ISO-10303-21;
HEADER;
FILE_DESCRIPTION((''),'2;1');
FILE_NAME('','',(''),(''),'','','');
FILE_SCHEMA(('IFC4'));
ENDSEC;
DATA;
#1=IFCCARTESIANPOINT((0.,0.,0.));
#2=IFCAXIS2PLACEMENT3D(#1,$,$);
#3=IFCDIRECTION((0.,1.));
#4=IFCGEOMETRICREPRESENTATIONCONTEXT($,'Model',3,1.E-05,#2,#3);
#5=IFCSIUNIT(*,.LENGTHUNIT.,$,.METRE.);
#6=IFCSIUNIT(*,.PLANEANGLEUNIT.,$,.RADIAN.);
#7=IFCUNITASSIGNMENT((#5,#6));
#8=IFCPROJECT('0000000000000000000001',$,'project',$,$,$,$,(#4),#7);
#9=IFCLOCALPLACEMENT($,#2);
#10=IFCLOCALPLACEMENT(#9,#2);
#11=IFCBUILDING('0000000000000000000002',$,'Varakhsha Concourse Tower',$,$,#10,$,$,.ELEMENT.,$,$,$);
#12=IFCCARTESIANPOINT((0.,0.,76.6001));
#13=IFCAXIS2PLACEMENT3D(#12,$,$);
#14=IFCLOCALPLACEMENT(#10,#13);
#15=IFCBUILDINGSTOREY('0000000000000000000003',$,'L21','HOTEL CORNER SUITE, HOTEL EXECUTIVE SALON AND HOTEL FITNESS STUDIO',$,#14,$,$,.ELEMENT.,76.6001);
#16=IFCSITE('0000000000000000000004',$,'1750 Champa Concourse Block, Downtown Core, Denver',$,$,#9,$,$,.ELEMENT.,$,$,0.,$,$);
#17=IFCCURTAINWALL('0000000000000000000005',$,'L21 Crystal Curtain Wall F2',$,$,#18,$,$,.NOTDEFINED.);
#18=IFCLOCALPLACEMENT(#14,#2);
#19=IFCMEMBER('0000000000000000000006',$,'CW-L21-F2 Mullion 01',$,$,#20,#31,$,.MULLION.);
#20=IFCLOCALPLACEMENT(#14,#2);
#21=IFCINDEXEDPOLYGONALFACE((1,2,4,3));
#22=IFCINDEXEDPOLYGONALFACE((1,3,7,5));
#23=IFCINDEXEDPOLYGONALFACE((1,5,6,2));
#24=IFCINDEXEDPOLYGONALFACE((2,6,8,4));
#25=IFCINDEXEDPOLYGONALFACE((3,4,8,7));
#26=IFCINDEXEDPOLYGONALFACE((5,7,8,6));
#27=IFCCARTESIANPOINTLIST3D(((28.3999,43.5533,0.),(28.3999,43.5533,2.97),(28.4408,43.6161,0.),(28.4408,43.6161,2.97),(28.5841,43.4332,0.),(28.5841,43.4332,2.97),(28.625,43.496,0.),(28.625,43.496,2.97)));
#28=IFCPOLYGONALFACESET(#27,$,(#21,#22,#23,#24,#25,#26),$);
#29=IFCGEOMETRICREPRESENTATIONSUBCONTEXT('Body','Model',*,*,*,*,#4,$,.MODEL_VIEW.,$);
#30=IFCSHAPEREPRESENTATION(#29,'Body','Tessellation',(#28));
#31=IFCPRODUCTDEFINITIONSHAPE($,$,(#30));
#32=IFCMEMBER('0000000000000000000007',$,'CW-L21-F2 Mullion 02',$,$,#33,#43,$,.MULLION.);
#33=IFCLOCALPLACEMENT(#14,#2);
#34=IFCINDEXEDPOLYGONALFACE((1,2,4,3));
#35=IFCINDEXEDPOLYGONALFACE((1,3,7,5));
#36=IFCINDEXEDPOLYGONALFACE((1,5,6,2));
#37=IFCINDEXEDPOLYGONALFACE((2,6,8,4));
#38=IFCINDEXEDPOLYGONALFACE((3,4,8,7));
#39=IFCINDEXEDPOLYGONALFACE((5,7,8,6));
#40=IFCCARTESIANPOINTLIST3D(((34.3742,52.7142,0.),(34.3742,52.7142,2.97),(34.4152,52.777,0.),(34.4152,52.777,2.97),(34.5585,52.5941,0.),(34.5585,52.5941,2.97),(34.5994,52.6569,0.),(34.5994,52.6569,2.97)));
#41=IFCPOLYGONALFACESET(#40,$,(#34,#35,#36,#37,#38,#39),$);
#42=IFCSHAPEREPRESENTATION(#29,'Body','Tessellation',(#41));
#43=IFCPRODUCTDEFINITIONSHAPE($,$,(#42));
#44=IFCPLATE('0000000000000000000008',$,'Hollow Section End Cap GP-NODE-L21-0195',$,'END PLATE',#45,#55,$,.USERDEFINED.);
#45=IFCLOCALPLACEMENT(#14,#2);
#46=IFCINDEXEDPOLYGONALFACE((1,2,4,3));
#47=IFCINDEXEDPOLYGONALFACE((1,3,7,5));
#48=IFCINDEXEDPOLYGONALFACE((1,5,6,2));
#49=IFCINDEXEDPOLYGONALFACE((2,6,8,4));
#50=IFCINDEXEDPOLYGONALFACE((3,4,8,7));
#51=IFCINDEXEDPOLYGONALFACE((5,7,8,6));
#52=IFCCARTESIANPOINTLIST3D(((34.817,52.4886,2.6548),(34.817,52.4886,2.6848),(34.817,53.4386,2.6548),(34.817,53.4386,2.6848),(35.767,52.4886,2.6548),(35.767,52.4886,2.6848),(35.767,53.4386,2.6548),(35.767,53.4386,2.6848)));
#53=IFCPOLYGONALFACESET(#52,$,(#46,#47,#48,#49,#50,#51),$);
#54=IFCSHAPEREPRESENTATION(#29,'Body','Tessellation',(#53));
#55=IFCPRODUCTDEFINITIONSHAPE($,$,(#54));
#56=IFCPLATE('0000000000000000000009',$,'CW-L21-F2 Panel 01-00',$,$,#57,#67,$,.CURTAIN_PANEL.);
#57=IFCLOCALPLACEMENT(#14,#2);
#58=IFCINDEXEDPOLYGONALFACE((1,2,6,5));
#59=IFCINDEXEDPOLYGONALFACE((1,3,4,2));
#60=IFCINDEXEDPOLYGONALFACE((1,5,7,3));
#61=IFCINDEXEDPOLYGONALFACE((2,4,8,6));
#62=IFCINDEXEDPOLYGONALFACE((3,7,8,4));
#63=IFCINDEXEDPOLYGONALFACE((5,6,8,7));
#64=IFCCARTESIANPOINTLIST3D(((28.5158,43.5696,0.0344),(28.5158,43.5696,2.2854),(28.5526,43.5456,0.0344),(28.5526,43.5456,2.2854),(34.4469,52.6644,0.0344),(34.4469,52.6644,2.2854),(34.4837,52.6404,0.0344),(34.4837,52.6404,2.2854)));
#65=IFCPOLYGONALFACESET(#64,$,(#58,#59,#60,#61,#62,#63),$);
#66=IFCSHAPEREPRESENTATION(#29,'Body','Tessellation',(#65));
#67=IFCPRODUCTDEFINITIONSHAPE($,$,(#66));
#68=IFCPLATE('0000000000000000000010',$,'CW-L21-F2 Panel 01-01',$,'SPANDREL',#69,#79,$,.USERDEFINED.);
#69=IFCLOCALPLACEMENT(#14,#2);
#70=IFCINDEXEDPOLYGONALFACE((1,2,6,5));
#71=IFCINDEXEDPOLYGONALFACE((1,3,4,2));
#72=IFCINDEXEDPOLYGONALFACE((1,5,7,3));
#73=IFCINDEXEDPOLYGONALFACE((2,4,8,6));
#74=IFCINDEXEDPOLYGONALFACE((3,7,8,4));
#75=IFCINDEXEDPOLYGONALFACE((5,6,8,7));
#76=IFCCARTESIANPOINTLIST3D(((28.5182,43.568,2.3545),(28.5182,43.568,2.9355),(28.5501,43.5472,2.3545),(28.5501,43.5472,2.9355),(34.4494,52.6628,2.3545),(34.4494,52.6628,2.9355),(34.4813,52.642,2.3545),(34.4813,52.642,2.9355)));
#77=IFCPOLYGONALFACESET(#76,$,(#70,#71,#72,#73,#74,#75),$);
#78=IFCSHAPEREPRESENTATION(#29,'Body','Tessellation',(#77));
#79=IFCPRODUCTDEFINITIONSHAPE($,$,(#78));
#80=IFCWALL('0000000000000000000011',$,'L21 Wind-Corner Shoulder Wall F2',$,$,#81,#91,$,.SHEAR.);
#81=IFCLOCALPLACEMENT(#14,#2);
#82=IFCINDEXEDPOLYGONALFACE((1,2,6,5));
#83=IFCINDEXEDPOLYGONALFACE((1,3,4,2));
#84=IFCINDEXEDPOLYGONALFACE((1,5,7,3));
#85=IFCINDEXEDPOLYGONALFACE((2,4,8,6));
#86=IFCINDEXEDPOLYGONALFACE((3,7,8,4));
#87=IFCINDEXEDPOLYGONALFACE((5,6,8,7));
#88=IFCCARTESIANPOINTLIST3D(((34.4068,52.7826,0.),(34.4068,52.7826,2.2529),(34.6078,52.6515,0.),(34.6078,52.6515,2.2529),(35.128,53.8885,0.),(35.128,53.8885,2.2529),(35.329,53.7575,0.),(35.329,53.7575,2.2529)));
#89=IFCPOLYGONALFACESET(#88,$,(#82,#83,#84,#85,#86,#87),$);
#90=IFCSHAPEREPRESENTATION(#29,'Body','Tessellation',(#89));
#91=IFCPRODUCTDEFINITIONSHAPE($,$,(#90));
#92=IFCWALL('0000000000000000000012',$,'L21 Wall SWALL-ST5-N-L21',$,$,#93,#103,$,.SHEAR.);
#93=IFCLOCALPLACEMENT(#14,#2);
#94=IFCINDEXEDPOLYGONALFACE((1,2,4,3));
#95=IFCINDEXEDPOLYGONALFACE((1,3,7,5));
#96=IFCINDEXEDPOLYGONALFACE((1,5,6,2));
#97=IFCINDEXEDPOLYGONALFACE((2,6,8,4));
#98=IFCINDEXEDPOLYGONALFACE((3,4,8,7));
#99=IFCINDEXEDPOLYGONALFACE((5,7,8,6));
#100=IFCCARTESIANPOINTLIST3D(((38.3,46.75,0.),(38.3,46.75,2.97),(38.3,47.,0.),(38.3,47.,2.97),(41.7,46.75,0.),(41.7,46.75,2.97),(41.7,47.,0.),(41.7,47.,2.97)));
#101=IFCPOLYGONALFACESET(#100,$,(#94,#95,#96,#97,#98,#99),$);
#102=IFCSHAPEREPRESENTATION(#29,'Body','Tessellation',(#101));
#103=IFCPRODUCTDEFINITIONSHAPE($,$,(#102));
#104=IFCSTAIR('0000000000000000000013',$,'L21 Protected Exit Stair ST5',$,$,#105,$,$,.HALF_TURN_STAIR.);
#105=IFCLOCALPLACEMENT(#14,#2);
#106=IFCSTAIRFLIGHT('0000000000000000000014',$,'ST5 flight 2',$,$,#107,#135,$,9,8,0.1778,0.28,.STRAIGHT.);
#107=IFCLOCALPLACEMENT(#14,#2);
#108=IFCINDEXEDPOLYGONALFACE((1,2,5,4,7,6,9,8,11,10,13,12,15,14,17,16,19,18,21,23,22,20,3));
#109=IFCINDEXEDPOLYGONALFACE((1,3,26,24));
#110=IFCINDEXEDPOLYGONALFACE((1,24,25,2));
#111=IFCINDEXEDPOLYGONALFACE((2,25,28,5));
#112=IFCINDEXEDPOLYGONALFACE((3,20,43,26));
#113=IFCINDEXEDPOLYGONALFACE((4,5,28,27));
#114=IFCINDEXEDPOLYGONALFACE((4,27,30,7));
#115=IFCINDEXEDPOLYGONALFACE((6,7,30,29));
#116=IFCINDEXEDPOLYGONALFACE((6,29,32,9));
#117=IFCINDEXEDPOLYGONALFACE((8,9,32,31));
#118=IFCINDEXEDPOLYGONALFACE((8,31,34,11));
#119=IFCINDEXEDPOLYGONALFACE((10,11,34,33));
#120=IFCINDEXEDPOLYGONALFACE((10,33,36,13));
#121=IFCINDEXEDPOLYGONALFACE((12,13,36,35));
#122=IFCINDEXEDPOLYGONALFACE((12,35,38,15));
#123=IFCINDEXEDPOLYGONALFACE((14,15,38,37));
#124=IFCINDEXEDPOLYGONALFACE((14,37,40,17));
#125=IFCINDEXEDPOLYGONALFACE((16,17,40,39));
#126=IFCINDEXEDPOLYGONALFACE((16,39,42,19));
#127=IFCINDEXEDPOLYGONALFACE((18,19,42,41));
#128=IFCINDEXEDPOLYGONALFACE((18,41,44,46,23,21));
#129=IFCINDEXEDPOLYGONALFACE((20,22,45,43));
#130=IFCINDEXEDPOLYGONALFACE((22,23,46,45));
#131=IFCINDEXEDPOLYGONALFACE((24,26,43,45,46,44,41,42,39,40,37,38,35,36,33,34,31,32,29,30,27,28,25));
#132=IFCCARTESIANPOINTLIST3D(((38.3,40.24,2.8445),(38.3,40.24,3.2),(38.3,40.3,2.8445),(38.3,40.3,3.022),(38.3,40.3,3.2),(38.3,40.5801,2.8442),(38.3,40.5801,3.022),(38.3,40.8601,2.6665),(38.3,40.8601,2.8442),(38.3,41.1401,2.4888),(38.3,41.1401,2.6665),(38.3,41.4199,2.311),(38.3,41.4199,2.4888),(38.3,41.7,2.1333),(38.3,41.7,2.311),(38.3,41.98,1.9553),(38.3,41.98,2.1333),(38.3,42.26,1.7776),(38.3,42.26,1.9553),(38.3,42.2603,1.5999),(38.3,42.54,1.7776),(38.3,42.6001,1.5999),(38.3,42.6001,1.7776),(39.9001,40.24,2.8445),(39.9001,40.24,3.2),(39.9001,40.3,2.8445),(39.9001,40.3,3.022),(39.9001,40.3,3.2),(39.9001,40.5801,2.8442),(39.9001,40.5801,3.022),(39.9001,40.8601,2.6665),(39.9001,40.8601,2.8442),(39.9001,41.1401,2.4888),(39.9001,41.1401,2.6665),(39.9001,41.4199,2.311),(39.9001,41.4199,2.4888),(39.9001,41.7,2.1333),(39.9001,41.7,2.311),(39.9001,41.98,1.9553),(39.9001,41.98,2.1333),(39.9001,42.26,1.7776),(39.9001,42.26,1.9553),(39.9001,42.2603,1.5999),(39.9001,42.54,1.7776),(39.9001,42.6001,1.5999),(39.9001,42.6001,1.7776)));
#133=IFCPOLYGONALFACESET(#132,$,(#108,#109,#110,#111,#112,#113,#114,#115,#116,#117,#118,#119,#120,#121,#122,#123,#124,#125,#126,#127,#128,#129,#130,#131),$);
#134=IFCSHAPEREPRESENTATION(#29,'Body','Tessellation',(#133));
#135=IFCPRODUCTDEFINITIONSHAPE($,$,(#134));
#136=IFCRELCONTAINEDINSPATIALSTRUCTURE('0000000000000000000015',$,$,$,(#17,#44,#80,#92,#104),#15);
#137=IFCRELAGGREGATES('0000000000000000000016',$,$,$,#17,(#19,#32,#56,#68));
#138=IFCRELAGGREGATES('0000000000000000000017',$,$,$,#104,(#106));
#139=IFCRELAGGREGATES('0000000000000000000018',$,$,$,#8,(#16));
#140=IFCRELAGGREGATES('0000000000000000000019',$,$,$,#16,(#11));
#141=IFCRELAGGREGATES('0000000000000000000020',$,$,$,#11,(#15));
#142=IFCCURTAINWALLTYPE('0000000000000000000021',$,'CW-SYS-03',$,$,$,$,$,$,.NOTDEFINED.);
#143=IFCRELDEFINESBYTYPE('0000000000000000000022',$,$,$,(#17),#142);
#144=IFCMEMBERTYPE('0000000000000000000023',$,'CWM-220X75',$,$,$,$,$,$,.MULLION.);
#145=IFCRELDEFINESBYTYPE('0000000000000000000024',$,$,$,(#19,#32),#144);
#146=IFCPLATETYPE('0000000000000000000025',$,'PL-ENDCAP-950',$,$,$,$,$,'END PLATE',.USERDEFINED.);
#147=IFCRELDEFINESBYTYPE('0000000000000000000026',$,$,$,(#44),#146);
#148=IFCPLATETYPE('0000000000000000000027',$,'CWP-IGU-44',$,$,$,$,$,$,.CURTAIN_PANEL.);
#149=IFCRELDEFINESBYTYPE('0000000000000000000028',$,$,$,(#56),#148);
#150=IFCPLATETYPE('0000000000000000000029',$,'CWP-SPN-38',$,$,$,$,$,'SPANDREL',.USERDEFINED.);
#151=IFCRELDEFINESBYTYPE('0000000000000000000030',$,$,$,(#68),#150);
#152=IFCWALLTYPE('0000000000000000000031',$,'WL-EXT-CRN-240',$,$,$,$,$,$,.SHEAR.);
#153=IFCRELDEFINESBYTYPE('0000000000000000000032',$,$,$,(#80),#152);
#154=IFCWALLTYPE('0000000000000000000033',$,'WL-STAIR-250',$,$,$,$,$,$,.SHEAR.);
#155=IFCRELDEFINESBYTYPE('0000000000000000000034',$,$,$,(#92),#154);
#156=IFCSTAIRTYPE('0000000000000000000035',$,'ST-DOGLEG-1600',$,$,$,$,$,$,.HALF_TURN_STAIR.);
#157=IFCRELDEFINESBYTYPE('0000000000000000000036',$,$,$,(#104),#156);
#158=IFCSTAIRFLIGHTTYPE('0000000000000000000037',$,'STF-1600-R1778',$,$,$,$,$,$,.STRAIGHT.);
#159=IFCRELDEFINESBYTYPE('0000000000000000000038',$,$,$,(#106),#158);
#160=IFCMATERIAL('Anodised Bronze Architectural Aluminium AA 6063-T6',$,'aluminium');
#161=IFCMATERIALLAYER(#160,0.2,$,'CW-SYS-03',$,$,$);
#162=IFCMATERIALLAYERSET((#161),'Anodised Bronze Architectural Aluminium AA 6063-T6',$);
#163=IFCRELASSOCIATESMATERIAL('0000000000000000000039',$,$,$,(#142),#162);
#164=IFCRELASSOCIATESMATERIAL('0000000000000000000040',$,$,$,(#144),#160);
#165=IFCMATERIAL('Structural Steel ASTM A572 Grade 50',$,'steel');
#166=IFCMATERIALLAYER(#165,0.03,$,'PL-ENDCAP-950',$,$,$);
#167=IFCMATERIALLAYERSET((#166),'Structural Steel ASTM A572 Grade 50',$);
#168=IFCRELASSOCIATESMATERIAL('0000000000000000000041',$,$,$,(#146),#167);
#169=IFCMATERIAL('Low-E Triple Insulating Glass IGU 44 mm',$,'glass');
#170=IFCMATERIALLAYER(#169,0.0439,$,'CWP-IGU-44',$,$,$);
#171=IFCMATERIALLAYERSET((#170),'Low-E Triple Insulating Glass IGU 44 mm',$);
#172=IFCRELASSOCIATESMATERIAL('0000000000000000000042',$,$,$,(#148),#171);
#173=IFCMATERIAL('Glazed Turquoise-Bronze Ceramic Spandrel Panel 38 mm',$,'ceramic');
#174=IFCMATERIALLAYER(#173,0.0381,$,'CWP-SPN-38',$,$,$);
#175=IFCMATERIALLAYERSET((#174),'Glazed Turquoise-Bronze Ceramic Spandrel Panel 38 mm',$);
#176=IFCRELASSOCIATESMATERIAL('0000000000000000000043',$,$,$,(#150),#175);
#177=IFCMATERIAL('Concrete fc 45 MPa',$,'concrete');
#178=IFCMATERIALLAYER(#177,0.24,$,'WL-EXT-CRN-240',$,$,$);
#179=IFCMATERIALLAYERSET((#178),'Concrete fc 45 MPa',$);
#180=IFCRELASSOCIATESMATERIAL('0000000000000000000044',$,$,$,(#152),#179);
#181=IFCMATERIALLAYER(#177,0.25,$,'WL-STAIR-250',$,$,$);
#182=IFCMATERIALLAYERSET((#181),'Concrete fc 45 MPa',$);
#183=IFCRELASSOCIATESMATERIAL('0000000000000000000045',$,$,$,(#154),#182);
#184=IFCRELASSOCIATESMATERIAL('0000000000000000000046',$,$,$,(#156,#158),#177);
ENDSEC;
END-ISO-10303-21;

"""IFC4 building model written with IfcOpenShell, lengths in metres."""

from ifc_helpers import new_model, si_unit, direction, frame, frame_2d, origin, origin_2d, place, context, subcontext, project, spatial, polyline, rectangle, outline, extrude, source, transform, mapped, material, layer, layer_set, material_profile, profile_set, type_object, type_shapes, element, aggregate, save


model = new_model("IFC4")

# Units and contexts
model_context = context("Model", 3, precision=1e-05, world=origin(), true_north=direction((0.0, 1.0)))
body_context = subcontext(model_context, "Body", "Model", "MODEL_VIEW")
ifc_project = project(units=[si_unit("LENGTHUNIT", "METRE"), si_unit("PLANEANGLEUNIT", "RADIAN")], contexts=[model_context])

# Site, building, storey
site_placement = place(None, origin())
site = spatial("IfcSite", under=ifc_project, at=site_placement, Name="1750 Champa Concourse Block, Downtown Core, Denver", CompositionType="ELEMENT", RefElevation=0.0)
building_placement = place(site_placement, origin())
building = spatial("IfcBuilding", under=site, at=building_placement, Name="Varakhsha Concourse Tower", CompositionType="ELEMENT")
storey_placement = place(building_placement, frame((0.0, 0.0, 76.6001)))
storey = spatial("IfcBuildingStorey", under=building, at=storey_placement, Name="L21", Description="HOTEL CORNER SUITE, HOTEL EXECUTIVE SALON AND HOTEL FITNESS STUDIO", CompositionType="ELEMENT", Elevation=76.6001)

# Shared definitions
ifc_material_1 = material(Name="Structural Steel ASTM A572 Grade 50", Category="steel")

# Curtain wall, members
ifc_material_2 = material(Name="Anodised Bronze Architectural Aluminium AA 6063-T6", Category="aluminium")
ifc_layer_1 = layer(ifc_material_2, 0.2, Name="CW-SYS-03")
ifc_layer_set_1 = layer_set([ifc_layer_1], Name="Anodised Bronze Architectural Aluminium AA 6063-T6")
curtain_wall_type = type_object("IfcCurtainWallType", Name="CW-SYS-03", PredefinedType="NOTDEFINED", material=ifc_layer_set_1)
ifc_material_profile_1 = material_profile(ifc_material_2, rectangle(XDim=0.075, YDim=0.22, at=origin_2d()), Name="CWM-220X75")
ifc_profile_set_1 = profile_set([ifc_material_profile_1], Name="Anodised Bronze Architectural Aluminium AA 6063-T6")
member_type_1 = type_object("IfcMemberType", Name="CWM-220X75", PredefinedType="MULLION", material=ifc_profile_set_1)
shared_shape_1 = source(origin(), body_context, "Body", "SweptSolid", [
    extrude(rectangle(XDim=0.075, YDim=0.22, at=origin_2d()), origin(), (0.0, 0.0, 1.0), 2.97),
])
type_shapes(member_type_1, [shared_shape_1])
curtain_wall_1_placement = place(storey_placement, origin())
curtain_wall_1 = element("IfcCurtainWall", 1, at=curtain_wall_1_placement, inside=storey, type_object=curtain_wall_type, Name="L21 Crystal Curtain Wall F2", PredefinedType="NOTDEFINED")
member_1_placement = place(storey_placement, frame((28.5125, 43.5247, 0.0), z_axis=(0.0, 0.0, 1.0), x_axis=(0.54625, 0.837622, 0.0)))
member_1 = element("IfcMember", 2, at=member_1_placement, type_object=member_type_1, Name="CW-L21-F2 Mullion 01", PredefinedType="MULLION", context=body_context, shape_type="MappedRepresentation", body=[
    mapped(shared_shape_1, transform((0.0, 0.0, 0.0), scale=1.0)),
])
member_2_placement = place(storey_placement, frame((34.4868, 52.6855, 0.0), z_axis=(0.0, 0.0, 1.0), x_axis=(0.54625, 0.837622, 0.0)))
member_2 = element("IfcMember", 3, at=member_2_placement, type_object=member_type_1, Name="CW-L21-F2 Mullion 02", PredefinedType="MULLION", context=body_context, shape_type="MappedRepresentation", body=[
    mapped(shared_shape_1, transform((0.0, 0.0, 0.0), scale=1.0)),
])

# Plates
ifc_layer_2 = layer(ifc_material_1, 0.03, Name="PL-ENDCAP-950")
ifc_layer_set_2 = layer_set([ifc_layer_2], Name="Structural Steel ASTM A572 Grade 50")
plate_type_1 = type_object("IfcPlateType", Name="PL-ENDCAP-950", ElementType="END PLATE", PredefinedType="USERDEFINED", material=ifc_layer_set_2)
shared_shape_2 = source(origin(), body_context, "Body", "SweptSolid", [
    extrude(rectangle(XDim=0.95, YDim=0.95, at=origin_2d()), origin(), (0.0, 0.0, 1.0), 0.03),
])
type_shapes(plate_type_1, [shared_shape_2])
plate_1_placement = place(storey_placement, frame((35.292, 52.9636, 2.6548), z_axis=(0.0, 0.0, 1.0), x_axis=(1.0, 0.0, 0.0)))
element("IfcPlate", 4, at=plate_1_placement, inside=storey, type_object=plate_type_1, Name="Hollow Section End Cap GP-NODE-L21-0195", ObjectType="END PLATE", PredefinedType="USERDEFINED", context=body_context, shape_type="MappedRepresentation", body=[
    mapped(shared_shape_2, transform((0.0, 0.0, 0.0), scale=1.0)),
])
ifc_material_3 = material(Name="Low-E Triple Insulating Glass IGU 44 mm", Category="glass")
ifc_layer_3 = layer(ifc_material_3, 0.0439, Name="CWP-IGU-44")
ifc_layer_set_3 = layer_set([ifc_layer_3], Name="Low-E Triple Insulating Glass IGU 44 mm")
plate_type_2 = type_object("IfcPlateType", Name="CWP-IGU-44", PredefinedType="CURTAIN_PANEL", material=ifc_layer_set_3)
shared_shape_3 = source(origin(), body_context, "Body", "SweptSolid", [
    extrude(rectangle(XDim=10.8579, YDim=0.0439, at=origin_2d()), origin(), (0.0, 0.0, 1.0), 2.251),
])
type_shapes(plate_type_2, [shared_shape_3])
plate_2_placement = place(storey_placement, frame((31.4998, 48.105, 0.0344), z_axis=(0.0, 0.0, 1.0), x_axis=(0.54625, 0.837622, 0.0)))
plate_2 = element("IfcPlate", 5, at=plate_2_placement, type_object=plate_type_2, Name="CW-L21-F2 Panel 01-00", PredefinedType="CURTAIN_PANEL", context=body_context, shape_type="MappedRepresentation", body=[
    mapped(shared_shape_3, transform((0.0, 0.0, 0.0), scale=1.0)),
])
ifc_material_4 = material(Name="Glazed Turquoise-Bronze Ceramic Spandrel Panel 38 mm", Category="ceramic")
ifc_layer_4 = layer(ifc_material_4, 0.0381, Name="CWP-SPN-38")
ifc_layer_set_4 = layer_set([ifc_layer_4], Name="Glazed Turquoise-Bronze Ceramic Spandrel Panel 38 mm")
plate_type_3 = type_object("IfcPlateType", Name="CWP-SPN-38", ElementType="SPANDREL", PredefinedType="USERDEFINED", material=ifc_layer_set_4)
shared_shape_4 = source(origin(), body_context, "Body", "SweptSolid", [
    extrude(rectangle(XDim=10.8579, YDim=0.0381, at=origin_2d()), origin(), (0.0, 0.0, 1.0), 0.5811),
])
type_shapes(plate_type_3, [shared_shape_4])
plate_3_placement = place(storey_placement, frame((31.4998, 48.105, 2.3545), z_axis=(0.0, 0.0, 1.0), x_axis=(0.54625, 0.837622, 0.0)))
plate_3 = element("IfcPlate", 6, at=plate_3_placement, type_object=plate_type_3, Name="CW-L21-F2 Panel 01-01", ObjectType="SPANDREL", PredefinedType="USERDEFINED", context=body_context, shape_type="MappedRepresentation", body=[
    mapped(shared_shape_4, transform((0.0, 0.0, 0.0), scale=1.0)),
])
aggregate(curtain_wall_1, [member_1, member_2, plate_2, plate_3])

# Walls
ifc_material_5 = material(Name="Concrete fc 45 MPa", Category="concrete")
ifc_layer_5 = layer(ifc_material_5, 0.24, Name="WL-EXT-CRN-240")
ifc_layer_set_5 = layer_set([ifc_layer_5], Name="Concrete fc 45 MPa")
wall_type_1 = type_object("IfcWallType", Name="WL-EXT-CRN-240", PredefinedType="SHEAR", material=ifc_layer_set_5)
wall_1_placement = place(storey_placement, frame((35.2285, 53.823, 0.0), z_axis=(0.0, 0.0, 1.0), x_axis=(-0.546223, -0.83764, 0.0)))
element("IfcWall", 7, at=wall_1_placement, inside=storey, type_object=wall_type_1, Name="L21 Wind-Corner Shoulder Wall F2", PredefinedType="SHEAR", context=body_context, shape_type="SweptSolid", body=[
    extrude(rectangle(XDim=1.3203, YDim=0.24, at=frame_2d((0.6602, 0.0))), origin(), (0.0, 0.0, 1.0), 2.2529),
])
ifc_layer_6 = layer(ifc_material_5, 0.25, Name="WL-STAIR-250")
ifc_layer_set_6 = layer_set([ifc_layer_6], Name="Concrete fc 45 MPa")
wall_type_2 = type_object("IfcWallType", Name="WL-STAIR-250", PredefinedType="SHEAR", material=ifc_layer_set_6)
wall_2_placement = place(storey_placement, frame((38.3, 46.875, 0.0), z_axis=(0.0, 0.0, 1.0), x_axis=(1.0, 0.0, 0.0)))
element("IfcWall", 8, at=wall_2_placement, inside=storey, type_object=wall_type_2, Name="L21 Wall SWALL-ST5-N-L21", PredefinedType="SHEAR", context=body_context, shape_type="SweptSolid", body=[
    extrude(rectangle(XDim=3.3999, YDim=0.25, at=frame_2d((1.7, 0.0))), origin(), (0.0, 0.0, 1.0), 2.97),
])

# Stair, stair flight
stair_type = type_object("IfcStairType", Name="ST-DOGLEG-1600", PredefinedType="HALF_TURN_STAIR", material=ifc_material_5)
stair_placement = place(storey_placement, origin())
stair = element("IfcStair", 9, at=stair_placement, inside=storey, type_object=stair_type, Name="L21 Protected Exit Stair ST5", PredefinedType="HALF_TURN_STAIR")
stair_flight_type = type_object("IfcStairFlightType", Name="STF-1600-R1778", PredefinedType="STRAIGHT", material=ifc_material_5)
stair_flight_placement = place(storey_placement, frame((39.1001, 42.54, 1.5999), z_axis=(0.0, 0.0, 1.0), x_axis=(0.0, -1.0, 0.0)))
stair_flight = element("IfcStairFlight", 10, at=stair_flight_placement, type_object=stair_flight_type, Name="ST5 flight 2", NumberOfRisers=9, NumberOfTreads=8, PredefinedType="STRAIGHT", RiserHeight=0.1778, TreadLength=0.28, context=body_context, shape_type="SweptSolid", body=[
    extrude(outline(polyline([(-0.0601, 0.0), (-0.0601, 0.1777), (0.0, 0.1777), (0.28, 0.1777), (0.28, 0.3555), (0.5601, 0.3555), (0.5601, 0.5334), (0.8401, 0.5334), (0.8401, 0.7112), (1.1201, 0.7112), (1.1201, 0.8889), (1.3999, 0.8889), (1.3999, 1.0667), (1.6799, 1.0667), (1.6799, 1.2444), (1.96, 1.2444), (1.96, 1.4221), (2.24, 1.4221), (2.24, 1.6001), (2.3, 1.6001), (2.3, 1.2446), (2.24, 1.2446), (0.2798, 0.0), (-0.0601, 0.0)])), frame((0.0, 0.8, 0.0), z_axis=(0.0, -1.0, 0.0), x_axis=(1.0, 0.0, 0.0)), (0.0, 0.0, 1.0), 1.6001),
])
aggregate(stair, [stair_flight])

save(model, "model.ifc")
